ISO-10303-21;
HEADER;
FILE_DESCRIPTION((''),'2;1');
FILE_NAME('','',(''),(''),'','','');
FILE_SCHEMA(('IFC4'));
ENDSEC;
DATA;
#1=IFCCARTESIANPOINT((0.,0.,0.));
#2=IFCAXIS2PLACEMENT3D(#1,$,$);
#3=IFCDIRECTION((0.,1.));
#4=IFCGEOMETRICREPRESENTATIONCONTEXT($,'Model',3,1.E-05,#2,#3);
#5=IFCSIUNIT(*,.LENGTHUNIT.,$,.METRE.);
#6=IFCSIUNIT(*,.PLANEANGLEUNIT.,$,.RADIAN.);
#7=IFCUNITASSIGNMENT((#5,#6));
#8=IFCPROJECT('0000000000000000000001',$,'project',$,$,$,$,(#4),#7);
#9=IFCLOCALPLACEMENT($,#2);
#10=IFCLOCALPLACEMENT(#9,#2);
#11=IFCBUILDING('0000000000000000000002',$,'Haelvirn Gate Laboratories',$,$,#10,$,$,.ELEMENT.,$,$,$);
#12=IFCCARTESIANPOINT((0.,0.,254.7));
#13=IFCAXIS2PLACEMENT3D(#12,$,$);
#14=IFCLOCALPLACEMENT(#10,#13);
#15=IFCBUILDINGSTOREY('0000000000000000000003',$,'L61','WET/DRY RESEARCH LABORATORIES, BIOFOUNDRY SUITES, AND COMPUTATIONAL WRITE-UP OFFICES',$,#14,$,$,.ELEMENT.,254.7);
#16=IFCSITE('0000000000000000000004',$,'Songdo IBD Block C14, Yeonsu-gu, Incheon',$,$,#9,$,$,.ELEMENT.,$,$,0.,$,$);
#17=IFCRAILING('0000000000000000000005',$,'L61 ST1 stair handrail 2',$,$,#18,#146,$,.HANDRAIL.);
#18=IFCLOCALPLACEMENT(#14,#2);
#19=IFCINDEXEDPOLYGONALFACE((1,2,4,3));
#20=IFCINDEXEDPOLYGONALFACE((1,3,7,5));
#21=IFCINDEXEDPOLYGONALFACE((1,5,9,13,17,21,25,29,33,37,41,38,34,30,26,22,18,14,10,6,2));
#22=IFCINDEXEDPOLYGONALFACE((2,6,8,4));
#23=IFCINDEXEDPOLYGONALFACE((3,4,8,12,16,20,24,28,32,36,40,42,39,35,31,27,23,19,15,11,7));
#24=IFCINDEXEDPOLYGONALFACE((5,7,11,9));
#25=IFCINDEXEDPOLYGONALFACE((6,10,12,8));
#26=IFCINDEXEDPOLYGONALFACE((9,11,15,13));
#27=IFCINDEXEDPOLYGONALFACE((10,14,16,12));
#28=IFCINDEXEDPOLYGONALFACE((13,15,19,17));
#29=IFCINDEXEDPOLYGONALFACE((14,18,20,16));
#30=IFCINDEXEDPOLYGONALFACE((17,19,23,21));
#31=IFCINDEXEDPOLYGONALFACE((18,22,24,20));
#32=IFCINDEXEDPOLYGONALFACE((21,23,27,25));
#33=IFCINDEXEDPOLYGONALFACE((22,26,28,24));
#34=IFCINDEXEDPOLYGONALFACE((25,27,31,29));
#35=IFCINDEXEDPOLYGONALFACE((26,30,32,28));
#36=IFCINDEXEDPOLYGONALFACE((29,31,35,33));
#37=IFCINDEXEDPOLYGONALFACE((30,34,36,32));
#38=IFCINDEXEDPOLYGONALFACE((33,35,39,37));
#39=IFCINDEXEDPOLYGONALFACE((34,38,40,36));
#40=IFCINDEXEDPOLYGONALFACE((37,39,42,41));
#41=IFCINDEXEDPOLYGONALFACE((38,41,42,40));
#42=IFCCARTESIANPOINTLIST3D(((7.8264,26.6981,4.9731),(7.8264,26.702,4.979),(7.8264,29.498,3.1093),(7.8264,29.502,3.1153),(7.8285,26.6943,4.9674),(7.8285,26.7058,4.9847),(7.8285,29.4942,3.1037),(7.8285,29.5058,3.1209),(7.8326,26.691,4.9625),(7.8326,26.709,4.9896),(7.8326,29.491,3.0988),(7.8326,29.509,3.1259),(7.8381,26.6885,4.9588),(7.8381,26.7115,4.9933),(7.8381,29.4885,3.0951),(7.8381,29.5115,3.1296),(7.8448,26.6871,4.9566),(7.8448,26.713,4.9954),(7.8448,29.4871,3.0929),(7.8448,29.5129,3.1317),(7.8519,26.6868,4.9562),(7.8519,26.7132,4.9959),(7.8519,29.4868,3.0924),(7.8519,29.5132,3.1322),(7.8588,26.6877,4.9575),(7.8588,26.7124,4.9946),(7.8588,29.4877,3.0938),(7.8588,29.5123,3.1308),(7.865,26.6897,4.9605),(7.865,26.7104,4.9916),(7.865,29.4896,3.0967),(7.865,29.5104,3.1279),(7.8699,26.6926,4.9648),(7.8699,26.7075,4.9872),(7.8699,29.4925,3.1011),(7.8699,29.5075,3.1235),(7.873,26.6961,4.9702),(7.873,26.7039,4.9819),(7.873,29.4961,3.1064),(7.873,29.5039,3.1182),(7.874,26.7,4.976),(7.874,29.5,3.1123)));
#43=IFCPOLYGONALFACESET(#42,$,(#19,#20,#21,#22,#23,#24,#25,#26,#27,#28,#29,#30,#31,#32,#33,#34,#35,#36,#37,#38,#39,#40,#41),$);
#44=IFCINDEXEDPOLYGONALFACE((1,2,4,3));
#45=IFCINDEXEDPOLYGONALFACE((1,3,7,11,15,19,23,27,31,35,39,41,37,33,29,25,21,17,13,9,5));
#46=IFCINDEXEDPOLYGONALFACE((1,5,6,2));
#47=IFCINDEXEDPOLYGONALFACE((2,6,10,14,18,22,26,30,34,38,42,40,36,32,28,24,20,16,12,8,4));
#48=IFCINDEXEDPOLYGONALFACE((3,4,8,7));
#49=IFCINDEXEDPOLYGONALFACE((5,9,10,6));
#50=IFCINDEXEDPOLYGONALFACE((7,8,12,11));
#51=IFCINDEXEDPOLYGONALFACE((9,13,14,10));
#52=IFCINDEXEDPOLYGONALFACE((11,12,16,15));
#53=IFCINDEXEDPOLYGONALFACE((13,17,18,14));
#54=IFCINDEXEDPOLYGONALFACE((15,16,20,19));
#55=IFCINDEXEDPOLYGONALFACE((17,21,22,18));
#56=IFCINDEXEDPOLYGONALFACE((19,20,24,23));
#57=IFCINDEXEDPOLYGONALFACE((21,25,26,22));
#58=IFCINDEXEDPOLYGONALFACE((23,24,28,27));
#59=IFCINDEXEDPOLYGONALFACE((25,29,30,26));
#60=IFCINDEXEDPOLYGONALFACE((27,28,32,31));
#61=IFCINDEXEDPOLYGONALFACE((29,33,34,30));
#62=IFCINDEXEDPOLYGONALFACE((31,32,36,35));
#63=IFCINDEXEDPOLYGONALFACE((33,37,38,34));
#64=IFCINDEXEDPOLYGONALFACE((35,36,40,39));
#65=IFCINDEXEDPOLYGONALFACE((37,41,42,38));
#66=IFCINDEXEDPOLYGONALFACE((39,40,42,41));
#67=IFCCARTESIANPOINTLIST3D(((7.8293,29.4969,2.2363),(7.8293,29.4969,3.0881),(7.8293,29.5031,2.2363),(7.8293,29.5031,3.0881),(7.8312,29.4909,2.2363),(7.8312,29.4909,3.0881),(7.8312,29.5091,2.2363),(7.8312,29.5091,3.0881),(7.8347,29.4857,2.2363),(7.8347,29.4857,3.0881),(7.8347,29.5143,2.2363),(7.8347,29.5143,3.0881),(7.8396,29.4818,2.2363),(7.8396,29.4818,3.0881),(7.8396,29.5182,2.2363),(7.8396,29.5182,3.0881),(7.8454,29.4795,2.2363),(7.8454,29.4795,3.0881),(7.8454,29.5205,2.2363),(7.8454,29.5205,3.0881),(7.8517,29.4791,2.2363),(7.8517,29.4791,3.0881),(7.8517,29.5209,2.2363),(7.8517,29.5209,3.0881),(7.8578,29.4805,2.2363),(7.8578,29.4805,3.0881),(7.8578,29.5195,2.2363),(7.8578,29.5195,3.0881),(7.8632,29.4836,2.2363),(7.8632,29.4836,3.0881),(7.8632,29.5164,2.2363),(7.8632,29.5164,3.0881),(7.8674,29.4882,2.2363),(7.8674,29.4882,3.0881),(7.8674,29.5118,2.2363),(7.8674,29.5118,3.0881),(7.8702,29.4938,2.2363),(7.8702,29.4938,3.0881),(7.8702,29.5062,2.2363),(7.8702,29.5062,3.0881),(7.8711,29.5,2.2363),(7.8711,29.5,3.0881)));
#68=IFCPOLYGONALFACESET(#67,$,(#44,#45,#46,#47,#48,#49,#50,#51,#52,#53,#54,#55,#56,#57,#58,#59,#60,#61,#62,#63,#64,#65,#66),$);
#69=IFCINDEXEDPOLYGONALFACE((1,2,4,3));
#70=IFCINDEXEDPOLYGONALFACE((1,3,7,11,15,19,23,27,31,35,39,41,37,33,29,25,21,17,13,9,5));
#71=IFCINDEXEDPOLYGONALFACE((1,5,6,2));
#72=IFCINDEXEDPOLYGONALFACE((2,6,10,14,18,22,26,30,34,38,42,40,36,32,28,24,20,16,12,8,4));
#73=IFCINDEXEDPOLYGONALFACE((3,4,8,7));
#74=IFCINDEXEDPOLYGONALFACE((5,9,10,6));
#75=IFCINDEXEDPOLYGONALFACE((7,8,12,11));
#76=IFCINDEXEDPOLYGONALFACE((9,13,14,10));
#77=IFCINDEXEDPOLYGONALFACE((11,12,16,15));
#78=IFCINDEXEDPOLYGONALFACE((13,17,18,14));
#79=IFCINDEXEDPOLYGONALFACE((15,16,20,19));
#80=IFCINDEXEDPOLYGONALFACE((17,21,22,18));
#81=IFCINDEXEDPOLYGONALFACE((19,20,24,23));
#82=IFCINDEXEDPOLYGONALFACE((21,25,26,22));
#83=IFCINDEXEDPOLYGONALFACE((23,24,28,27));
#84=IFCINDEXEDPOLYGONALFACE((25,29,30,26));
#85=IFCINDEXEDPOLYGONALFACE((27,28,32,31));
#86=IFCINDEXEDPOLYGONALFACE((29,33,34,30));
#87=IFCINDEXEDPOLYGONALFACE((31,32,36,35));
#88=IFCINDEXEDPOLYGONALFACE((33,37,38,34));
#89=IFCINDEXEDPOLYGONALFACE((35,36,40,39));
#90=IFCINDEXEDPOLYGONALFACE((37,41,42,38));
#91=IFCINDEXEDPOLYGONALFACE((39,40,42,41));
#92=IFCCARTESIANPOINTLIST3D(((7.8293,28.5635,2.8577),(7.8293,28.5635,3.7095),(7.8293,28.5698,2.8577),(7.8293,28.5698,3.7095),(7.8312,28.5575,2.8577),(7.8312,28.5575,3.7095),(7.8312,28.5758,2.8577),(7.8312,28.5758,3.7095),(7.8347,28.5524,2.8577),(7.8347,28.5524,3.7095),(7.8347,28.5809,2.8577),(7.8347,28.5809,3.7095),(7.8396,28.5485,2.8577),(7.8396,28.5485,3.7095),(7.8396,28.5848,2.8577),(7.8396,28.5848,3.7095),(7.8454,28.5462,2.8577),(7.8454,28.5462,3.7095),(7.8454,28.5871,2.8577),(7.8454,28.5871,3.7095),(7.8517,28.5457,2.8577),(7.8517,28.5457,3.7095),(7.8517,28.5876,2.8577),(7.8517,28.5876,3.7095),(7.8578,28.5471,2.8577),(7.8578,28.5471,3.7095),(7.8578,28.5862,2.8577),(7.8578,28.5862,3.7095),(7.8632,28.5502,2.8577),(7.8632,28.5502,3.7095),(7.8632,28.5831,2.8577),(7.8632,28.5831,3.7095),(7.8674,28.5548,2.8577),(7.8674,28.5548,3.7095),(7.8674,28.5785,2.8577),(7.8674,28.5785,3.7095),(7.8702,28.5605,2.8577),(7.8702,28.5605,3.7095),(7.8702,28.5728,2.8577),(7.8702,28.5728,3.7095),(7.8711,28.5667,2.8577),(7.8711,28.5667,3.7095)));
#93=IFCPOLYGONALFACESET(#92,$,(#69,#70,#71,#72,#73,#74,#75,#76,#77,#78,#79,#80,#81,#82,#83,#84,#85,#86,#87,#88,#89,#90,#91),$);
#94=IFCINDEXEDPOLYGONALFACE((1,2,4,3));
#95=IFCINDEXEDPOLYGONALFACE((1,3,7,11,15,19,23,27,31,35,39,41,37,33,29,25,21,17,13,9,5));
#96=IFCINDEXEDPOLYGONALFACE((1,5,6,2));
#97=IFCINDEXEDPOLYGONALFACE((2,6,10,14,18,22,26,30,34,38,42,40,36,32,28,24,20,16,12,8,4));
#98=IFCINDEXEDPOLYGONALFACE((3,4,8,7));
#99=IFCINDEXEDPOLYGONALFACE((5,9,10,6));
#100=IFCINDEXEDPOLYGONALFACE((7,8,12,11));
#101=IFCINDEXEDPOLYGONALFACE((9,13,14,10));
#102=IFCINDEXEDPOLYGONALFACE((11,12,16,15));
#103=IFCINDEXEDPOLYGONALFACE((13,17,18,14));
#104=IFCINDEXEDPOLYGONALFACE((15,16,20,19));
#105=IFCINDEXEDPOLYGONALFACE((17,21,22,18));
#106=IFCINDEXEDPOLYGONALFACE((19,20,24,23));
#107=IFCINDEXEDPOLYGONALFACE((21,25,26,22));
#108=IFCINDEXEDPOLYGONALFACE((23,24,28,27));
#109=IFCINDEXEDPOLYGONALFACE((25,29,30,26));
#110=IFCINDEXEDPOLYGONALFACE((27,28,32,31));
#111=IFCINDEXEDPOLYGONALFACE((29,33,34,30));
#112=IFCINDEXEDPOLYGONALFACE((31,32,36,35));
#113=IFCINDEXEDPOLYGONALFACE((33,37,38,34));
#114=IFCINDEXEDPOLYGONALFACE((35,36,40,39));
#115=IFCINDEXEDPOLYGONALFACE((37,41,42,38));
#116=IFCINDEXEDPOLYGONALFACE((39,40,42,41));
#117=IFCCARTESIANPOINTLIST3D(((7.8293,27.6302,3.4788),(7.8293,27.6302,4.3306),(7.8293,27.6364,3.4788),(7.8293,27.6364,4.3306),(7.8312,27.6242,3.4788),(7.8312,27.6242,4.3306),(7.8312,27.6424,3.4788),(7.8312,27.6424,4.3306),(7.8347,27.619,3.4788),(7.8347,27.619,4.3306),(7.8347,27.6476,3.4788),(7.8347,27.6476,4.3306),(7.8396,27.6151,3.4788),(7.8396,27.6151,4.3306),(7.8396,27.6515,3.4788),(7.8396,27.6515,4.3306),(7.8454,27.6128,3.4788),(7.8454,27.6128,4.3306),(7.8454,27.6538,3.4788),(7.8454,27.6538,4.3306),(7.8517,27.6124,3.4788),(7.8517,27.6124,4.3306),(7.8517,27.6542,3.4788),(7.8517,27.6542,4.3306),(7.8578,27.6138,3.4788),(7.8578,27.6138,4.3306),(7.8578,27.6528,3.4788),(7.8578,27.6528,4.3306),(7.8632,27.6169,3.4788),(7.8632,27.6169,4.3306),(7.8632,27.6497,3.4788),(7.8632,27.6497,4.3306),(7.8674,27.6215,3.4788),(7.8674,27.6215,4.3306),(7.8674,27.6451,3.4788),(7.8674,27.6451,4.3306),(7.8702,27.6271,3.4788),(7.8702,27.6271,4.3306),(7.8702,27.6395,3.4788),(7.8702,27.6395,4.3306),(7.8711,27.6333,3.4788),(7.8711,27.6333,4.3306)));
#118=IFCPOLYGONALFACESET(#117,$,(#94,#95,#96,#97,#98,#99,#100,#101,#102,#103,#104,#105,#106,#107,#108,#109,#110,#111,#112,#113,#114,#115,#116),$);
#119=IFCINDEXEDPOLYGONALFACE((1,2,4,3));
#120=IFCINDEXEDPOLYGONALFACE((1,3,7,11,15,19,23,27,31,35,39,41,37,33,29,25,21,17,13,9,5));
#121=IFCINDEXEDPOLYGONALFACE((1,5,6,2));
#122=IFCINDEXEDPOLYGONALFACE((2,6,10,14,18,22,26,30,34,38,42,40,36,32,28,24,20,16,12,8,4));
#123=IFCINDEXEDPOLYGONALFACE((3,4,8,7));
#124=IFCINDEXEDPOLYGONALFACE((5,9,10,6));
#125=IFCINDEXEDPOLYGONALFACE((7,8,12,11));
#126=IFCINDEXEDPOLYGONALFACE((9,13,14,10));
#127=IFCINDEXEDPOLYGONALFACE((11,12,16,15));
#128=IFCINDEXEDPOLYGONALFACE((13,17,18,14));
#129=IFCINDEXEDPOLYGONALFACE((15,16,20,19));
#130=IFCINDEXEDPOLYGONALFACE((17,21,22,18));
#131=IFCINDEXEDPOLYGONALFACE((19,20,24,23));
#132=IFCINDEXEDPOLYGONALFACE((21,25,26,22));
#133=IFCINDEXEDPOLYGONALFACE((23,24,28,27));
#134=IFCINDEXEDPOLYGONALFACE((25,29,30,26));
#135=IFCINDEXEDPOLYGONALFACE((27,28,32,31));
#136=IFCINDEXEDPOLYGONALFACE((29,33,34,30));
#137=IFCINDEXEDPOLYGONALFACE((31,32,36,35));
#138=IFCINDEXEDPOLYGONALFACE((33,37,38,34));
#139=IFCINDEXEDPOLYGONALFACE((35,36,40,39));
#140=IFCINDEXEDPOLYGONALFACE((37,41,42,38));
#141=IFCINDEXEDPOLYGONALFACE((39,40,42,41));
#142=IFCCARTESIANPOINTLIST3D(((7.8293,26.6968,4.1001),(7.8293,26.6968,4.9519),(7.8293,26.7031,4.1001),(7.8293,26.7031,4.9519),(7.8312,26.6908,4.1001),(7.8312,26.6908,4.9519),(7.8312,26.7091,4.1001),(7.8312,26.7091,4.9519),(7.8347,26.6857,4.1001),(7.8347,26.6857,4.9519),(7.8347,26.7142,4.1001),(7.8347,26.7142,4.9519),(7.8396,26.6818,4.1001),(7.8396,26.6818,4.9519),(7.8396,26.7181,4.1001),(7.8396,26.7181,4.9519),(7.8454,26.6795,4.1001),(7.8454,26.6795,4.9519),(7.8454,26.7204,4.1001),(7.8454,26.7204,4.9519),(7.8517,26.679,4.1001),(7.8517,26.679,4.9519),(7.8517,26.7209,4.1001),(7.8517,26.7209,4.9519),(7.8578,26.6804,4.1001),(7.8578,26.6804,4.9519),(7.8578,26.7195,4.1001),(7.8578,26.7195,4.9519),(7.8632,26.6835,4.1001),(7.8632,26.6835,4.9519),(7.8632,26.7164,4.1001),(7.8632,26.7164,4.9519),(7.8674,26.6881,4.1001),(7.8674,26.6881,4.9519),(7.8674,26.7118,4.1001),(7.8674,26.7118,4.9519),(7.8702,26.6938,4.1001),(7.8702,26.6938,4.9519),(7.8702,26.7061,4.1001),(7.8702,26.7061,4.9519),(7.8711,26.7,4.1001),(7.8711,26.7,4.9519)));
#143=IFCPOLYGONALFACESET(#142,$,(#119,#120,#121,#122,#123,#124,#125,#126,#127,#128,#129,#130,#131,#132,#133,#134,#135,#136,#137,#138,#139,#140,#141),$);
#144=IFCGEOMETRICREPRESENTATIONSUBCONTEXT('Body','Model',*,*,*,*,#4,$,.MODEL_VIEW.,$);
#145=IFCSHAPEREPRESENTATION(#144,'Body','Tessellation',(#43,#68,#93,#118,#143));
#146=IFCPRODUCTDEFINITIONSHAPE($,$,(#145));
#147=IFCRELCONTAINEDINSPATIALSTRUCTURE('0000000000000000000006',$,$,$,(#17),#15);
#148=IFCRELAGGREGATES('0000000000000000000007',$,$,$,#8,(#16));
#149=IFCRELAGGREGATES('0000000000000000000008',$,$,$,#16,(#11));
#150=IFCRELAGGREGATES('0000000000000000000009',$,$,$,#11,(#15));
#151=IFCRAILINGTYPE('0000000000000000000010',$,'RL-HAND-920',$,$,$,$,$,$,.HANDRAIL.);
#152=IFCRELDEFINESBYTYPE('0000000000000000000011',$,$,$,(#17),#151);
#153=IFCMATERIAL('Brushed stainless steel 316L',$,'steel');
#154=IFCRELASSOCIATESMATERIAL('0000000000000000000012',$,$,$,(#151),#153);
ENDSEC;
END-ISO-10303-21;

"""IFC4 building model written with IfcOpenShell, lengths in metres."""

from ifc_helpers import new_model, si_unit, direction, frame, origin, origin_2d, place, context, subcontext, project, spatial, circle, extrude, source, transform, mapped, material, type_object, element, save


model = new_model("IFC4")

# Units and contexts
model_context = context("Model", 3, precision=1e-05, world=origin(), true_north=direction((0.0, 1.0)))
body_context = subcontext(model_context, "Body", "Model", "MODEL_VIEW")
ifc_project = project(units=[si_unit("LENGTHUNIT", "METRE"), si_unit("PLANEANGLEUNIT", "RADIAN")], contexts=[model_context])

# Site, building, storey
site_placement = place(None, origin())
site = spatial("IfcSite", under=ifc_project, at=site_placement, Name="Songdo IBD Block C14, Yeonsu-gu, Incheon", CompositionType="ELEMENT", RefElevation=0.0)
building_placement = place(site_placement, origin())
building = spatial("IfcBuilding", under=site, at=building_placement, Name="Haelvirn Gate Laboratories", CompositionType="ELEMENT")
storey_placement = place(building_placement, frame((0.0, 0.0, 254.7)))
storey = spatial("IfcBuildingStorey", under=building, at=storey_placement, Name="L61", Description="WET/DRY RESEARCH LABORATORIES, BIOFOUNDRY SUITES, AND COMPUTATIONAL WRITE-UP OFFICES", CompositionType="ELEMENT", Elevation=254.7)

# Railing
ifc_material_1 = material(Name="Brushed stainless steel 316L", Category="steel")
railing_type_1 = type_object("IfcRailingType", Name="RL-HAND-920", PredefinedType="HANDRAIL", material=ifc_material_1)
shared_shape_1 = source(origin(), body_context, "Body", "SweptSolid", [
    extrude(circle(Radius=0.0239, at=origin_2d()), frame((0.0, 0.0, 0.876), z_axis=(0.0, -0.832452, 0.554097), x_axis=(1.0, 0.0, 0.0)), (0.0, 0.0, 1.0), 3.3635),
    extrude(circle(Radius=0.021, at=origin_2d()), origin(), (0.0, 0.0, 1.0), 0.8518),
    extrude(circle(Radius=0.021, at=origin_2d()), frame((0.0, -0.9333, 0.6213)), (0.0, 0.0, 1.0), 0.8518),
    extrude(circle(Radius=0.021, at=origin_2d()), frame((0.0, -1.8667, 1.2424)), (0.0, 0.0, 1.0), 0.8518),
    extrude(circle(Radius=0.021, at=origin_2d()), frame((0.0, -2.8, 1.8638)), (0.0, 0.0, 1.0), 0.8518),
])
railing_1_placement = place(storey_placement, frame((7.8501, 29.5, 2.2363)))
element("IfcRailing", 1, at=railing_1_placement, inside=storey, type_object=railing_type_1, Name="L61 ST1 stair handrail 2", PredefinedType="HANDRAIL", context=body_context, shape_type="MappedRepresentation", body=[
    mapped(shared_shape_1, transform((0.0, 0.0, 0.0), scale=1.0)),
])

save(model, "model.ifc")
